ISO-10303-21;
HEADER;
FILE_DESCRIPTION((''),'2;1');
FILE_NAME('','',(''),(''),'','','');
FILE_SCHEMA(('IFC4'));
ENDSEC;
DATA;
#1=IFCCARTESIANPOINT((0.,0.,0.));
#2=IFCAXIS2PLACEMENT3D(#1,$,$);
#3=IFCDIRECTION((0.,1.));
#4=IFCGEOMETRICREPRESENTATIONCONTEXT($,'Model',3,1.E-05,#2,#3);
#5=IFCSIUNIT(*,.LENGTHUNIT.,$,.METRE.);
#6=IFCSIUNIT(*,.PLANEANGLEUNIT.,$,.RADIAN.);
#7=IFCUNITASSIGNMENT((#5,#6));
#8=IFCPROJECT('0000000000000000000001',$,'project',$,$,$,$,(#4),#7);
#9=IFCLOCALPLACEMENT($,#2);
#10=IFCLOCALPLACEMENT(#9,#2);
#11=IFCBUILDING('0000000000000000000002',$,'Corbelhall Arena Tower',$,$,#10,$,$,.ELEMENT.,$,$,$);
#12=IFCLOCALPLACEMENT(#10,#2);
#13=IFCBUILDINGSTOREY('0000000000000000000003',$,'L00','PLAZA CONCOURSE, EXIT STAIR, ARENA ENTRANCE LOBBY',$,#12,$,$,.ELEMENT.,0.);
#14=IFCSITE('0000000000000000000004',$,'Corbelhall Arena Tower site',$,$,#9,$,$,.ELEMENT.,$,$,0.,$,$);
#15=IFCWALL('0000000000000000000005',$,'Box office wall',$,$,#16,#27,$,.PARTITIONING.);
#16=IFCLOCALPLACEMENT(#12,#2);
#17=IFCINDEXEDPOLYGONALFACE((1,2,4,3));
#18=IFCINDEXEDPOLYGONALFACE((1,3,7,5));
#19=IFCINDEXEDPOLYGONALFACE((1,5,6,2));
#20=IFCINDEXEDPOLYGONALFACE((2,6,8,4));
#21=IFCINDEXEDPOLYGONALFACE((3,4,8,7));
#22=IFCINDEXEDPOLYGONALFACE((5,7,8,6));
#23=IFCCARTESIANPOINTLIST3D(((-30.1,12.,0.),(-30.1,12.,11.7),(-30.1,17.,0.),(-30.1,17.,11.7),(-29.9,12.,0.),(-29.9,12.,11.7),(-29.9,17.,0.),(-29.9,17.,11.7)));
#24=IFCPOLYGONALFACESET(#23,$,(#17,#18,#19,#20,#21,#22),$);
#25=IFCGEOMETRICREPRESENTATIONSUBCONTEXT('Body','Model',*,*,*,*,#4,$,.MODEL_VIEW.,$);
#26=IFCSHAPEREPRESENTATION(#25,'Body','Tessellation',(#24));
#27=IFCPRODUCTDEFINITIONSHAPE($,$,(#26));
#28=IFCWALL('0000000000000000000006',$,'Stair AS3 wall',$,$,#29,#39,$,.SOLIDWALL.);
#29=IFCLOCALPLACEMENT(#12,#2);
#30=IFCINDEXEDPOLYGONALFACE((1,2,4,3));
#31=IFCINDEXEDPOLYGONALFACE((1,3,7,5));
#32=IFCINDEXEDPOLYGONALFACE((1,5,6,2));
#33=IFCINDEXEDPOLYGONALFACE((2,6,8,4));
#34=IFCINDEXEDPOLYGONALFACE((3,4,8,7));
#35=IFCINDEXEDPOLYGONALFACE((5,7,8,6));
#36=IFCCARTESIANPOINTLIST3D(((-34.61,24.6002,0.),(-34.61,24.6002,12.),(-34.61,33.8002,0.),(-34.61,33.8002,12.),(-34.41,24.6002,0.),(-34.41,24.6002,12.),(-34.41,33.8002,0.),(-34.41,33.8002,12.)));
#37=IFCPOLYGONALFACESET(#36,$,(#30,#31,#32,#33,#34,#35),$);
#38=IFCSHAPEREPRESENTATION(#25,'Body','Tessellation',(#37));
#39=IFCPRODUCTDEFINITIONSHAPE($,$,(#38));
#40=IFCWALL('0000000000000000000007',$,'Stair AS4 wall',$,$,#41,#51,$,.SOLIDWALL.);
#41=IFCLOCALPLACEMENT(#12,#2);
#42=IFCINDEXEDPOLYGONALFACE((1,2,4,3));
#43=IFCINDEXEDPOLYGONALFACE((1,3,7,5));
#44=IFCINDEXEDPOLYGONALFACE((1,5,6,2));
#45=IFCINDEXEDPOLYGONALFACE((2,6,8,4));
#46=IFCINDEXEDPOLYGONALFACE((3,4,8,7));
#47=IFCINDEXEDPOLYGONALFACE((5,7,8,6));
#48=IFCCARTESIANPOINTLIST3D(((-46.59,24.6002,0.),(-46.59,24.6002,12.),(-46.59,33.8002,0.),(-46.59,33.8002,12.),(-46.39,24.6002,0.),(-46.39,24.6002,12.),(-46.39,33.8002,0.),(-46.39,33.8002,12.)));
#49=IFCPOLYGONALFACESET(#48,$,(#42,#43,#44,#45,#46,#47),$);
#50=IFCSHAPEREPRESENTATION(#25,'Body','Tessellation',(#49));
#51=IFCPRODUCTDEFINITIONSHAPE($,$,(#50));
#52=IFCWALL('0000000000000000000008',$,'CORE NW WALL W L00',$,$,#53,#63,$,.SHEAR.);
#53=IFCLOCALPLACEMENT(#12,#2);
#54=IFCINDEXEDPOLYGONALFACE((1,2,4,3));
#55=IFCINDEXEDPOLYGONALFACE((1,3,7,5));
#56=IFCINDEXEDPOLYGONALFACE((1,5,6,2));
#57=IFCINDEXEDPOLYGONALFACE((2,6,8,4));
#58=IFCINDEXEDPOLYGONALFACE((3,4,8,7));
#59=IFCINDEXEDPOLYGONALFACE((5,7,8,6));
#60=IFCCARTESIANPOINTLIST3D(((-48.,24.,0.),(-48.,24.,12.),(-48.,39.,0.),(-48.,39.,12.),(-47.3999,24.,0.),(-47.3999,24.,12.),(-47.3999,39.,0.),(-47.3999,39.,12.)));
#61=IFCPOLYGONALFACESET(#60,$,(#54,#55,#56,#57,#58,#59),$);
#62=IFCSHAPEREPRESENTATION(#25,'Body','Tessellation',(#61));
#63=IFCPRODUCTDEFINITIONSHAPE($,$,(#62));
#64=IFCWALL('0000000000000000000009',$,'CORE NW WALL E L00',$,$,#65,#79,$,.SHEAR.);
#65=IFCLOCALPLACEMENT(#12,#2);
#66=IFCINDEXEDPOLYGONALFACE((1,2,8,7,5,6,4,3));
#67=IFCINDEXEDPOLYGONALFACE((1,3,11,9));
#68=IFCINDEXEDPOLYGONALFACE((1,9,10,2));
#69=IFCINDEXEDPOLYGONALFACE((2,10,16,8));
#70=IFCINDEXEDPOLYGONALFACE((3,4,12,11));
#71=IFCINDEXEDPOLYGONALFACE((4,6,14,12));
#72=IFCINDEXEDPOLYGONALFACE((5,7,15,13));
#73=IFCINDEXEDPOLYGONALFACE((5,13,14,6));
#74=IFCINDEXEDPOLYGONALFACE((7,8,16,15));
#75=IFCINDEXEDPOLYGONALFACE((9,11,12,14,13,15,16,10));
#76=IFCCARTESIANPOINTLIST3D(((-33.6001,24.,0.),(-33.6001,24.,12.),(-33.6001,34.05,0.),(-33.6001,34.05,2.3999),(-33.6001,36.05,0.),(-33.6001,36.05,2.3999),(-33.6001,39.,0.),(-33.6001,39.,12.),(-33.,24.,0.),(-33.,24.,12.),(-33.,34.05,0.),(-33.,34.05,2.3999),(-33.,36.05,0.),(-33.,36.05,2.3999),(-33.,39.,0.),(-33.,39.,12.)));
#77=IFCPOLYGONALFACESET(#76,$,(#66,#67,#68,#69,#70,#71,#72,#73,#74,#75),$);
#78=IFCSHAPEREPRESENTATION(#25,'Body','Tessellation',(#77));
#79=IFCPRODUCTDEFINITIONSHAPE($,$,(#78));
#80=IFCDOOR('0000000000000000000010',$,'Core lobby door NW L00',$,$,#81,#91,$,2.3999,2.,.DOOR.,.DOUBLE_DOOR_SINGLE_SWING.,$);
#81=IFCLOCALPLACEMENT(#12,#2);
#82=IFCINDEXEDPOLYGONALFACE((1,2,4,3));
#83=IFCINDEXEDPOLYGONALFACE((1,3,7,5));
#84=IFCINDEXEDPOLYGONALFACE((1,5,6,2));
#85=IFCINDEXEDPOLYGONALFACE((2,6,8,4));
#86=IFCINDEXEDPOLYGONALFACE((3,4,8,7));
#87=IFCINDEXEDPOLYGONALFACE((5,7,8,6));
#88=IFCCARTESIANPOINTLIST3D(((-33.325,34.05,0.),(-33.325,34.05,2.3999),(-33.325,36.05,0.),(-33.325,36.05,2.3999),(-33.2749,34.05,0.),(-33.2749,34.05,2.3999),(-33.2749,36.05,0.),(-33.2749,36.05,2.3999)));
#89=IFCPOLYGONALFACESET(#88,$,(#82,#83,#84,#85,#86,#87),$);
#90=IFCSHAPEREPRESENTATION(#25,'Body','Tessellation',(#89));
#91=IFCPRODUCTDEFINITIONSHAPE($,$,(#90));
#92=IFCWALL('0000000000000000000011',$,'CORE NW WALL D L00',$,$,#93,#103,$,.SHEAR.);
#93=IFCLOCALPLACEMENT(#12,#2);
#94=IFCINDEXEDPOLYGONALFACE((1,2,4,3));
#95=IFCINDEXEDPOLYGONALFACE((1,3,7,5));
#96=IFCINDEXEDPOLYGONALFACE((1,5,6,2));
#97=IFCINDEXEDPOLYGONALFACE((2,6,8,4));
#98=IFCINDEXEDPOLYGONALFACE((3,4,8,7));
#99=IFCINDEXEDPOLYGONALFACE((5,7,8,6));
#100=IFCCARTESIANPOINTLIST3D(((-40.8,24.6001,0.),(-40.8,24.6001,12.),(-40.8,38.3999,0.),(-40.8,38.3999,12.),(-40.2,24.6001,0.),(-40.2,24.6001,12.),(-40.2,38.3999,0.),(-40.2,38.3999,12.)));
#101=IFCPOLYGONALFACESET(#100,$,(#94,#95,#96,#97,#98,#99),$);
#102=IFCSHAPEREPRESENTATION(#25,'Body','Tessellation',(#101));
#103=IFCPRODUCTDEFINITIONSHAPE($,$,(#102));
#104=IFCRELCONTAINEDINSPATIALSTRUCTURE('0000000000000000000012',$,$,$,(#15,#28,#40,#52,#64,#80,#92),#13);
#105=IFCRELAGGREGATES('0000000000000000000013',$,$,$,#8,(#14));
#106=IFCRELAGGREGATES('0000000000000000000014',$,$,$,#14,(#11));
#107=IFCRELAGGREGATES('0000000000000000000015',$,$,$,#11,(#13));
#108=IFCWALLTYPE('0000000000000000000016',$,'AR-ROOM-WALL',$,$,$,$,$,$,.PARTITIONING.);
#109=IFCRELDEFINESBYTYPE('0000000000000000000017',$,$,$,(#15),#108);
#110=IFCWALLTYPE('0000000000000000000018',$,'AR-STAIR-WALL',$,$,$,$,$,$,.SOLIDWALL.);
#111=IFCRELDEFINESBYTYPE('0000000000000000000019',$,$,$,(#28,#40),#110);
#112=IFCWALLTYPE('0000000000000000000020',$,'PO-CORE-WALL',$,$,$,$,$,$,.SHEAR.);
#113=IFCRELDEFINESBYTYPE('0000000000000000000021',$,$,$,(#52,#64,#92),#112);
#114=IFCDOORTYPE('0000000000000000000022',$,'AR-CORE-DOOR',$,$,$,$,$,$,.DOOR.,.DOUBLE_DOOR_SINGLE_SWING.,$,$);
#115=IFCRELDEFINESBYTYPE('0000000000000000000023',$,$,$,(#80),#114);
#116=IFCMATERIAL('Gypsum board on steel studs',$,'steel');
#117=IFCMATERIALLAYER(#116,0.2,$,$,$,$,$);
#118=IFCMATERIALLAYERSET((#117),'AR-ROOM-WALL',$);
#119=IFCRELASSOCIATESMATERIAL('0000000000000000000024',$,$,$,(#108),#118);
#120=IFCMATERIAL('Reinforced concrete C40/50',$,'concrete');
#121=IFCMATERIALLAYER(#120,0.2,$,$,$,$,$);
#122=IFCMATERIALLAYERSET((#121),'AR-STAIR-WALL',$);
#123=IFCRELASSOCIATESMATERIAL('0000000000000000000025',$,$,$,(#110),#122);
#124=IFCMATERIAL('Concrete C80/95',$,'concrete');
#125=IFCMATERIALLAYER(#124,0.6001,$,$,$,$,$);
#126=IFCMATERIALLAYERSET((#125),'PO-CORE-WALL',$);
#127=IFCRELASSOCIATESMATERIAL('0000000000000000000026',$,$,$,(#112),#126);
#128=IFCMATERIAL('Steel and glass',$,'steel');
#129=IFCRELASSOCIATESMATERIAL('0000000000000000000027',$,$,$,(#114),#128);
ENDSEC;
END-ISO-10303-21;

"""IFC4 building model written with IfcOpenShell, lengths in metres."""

from ifc_helpers import new_model, si_unit, direction, frame, frame_2d, origin, place, context, subcontext, project, spatial, rectangle, extrude, material, layer, layer_set, type_object, element, fill, save


model = new_model("IFC4")

# Units and contexts
model_context = context("Model", 3, precision=1e-05, world=origin(), true_north=direction((0.0, 1.0)))
body_context = subcontext(model_context, "Body", "Model", "MODEL_VIEW")
ifc_project = project(units=[si_unit("LENGTHUNIT", "METRE"), si_unit("PLANEANGLEUNIT", "RADIAN")], contexts=[model_context])

# Site, building, storey
site_placement = place(None, origin())
site = spatial("IfcSite", under=ifc_project, at=site_placement, Name="Corbelhall Arena Tower site", CompositionType="ELEMENT", RefElevation=0.0)
building_placement = place(site_placement, origin())
building = spatial("IfcBuilding", under=site, at=building_placement, Name="Corbelhall Arena Tower", CompositionType="ELEMENT")
storey_placement = place(building_placement, origin())
storey = spatial("IfcBuildingStorey", under=building, at=storey_placement, Name="L00", Description="PLAZA CONCOURSE, EXIT STAIR, ARENA ENTRANCE LOBBY", CompositionType="ELEMENT", Elevation=0.0)

# Shared definitions
ifc_material_1 = material(Name="Concrete C80/95", Category="concrete")

# Shared definitions
ifc_material_2 = material(Name="Gypsum board on steel studs", Category="steel")
ifc_layer_1 = layer(ifc_material_2, 0.2)
ifc_layer_set_1 = layer_set([ifc_layer_1], Name="AR-ROOM-WALL")
wall_type_1 = type_object("IfcWallType", Name="AR-ROOM-WALL", PredefinedType="PARTITIONING", material=ifc_layer_set_1)

# Walls
wall_1_placement = place(storey_placement, frame((-30.0, 17.0, 0.0), z_axis=(0.0, 0.0, 1.0), x_axis=(0.0, -1.0, 0.0)))
element("IfcWall", 1, at=wall_1_placement, inside=storey, type_object=wall_type_1, Name="Box office wall", PredefinedType="PARTITIONING", context=body_context, shape_type="SweptSolid", body=[
    extrude(rectangle(XDim=5.0, YDim=0.2, at=frame_2d((2.5, 0.0))), origin(), (0.0, 0.0, 1.0), 11.7),
])
ifc_material_3 = material(Name="Reinforced concrete C40/50", Category="concrete")
ifc_layer_2 = layer(ifc_material_3, 0.2)
ifc_layer_set_2 = layer_set([ifc_layer_2], Name="AR-STAIR-WALL")
wall_type_2 = type_object("IfcWallType", Name="AR-STAIR-WALL", PredefinedType="SOLIDWALL", material=ifc_layer_set_2)
for number, where, z_axis, x_axis, name in (
    (2, (-34.51, 24.6001, 0.0), (0.0, 0.0, 1.0), (0.0, 1.0, 0.0), "Stair AS3 wall"),
    (3, (-46.49, 24.6001, 0.0), (0.0, 0.0, 1.0), (0.0, 1.0, 0.0), "Stair AS4 wall"),
):
    element("IfcWall", number, at=place(storey_placement, frame(where, z_axis=z_axis, x_axis=x_axis)), inside=storey, type_object=wall_type_2, Name=name, PredefinedType="SOLIDWALL", context=body_context, shape_type="SweptSolid", body=[
        extrude(rectangle(XDim=9.2, YDim=0.2, at=frame_2d((4.6001, 0.0))), origin(), (0.0, 0.0, 1.0), 12.0),
    ])

# Shared definitions
ifc_layer_3 = layer(ifc_material_1, 0.6001)
ifc_layer_set_3 = layer_set([ifc_layer_3], Name="PO-CORE-WALL")
wall_type_3 = type_object("IfcWallType", Name="PO-CORE-WALL", PredefinedType="SHEAR", material=ifc_layer_set_3)
ifc_material_4 = material(Name="Steel and glass", Category="steel")

# Wall
wall_2_placement = place(storey_placement, frame((-47.7, 24.0, 0.0), z_axis=(0.0, 0.0, 1.0), x_axis=(0.0, 1.0, 0.0)))
element("IfcWall", 4, at=wall_2_placement, inside=storey, type_object=wall_type_3, Name="CORE NW WALL W L00", PredefinedType="SHEAR", context=body_context, shape_type="SweptSolid", body=[
    extrude(rectangle(XDim=15.0, YDim=0.6001, at=frame_2d((7.5, 0.0))), origin(), (0.0, 0.0, 1.0), 12.0),
])

# Wall, opening, door
wall_3_placement = place(storey_placement, frame((-33.3, 24.0, 0.0), z_axis=(0.0, 0.0, 1.0), x_axis=(0.0, 1.0, 0.0)))
wall_3 = element("IfcWall", 5, at=wall_3_placement, inside=storey, type_object=wall_type_3, Name="CORE NW WALL E L00", PredefinedType="SHEAR", context=body_context, shape_type="SweptSolid", body=[
    extrude(rectangle(XDim=15.0, YDim=0.6001, at=frame_2d((7.5, 0.0))), origin(), (0.0, 0.0, 1.0), 12.0),
])
opening_1_placement = place(wall_3_placement, frame((10.05, 0.0, 0.0)))
opening_1 = element("IfcOpeningElement", 6, at=opening_1_placement, cuts=wall_3, PredefinedType="OPENING", context=body_context, shape_type="SweptSolid", body=[
    extrude(rectangle(XDim=2.0, YDim=2.3999, at=frame_2d((1.0, 1.2))), frame((0.0, 0.3, 0.0), z_axis=(0.0, -1.0, 0.0), x_axis=(1.0, 0.0, 0.0)), (0.0, 0.0, 1.0), 0.6001),
])
door_type_1 = type_object("IfcDoorType", Name="AR-CORE-DOOR", OperationType="DOUBLE_DOOR_SINGLE_SWING", PredefinedType="DOOR", material=ifc_material_4)
door_1_placement = place(opening_1_placement, origin())
door_1 = element("IfcDoor", 7, at=door_1_placement, inside=storey, type_object=door_type_1, Name="Core lobby door NW L00", OperationType="DOUBLE_DOOR_SINGLE_SWING", OverallHeight=2.3999, OverallWidth=2.0, PredefinedType="DOOR", context=body_context, shape_type="SweptSolid", body=[
    extrude(rectangle(XDim=2.0, YDim=2.3999, at=frame_2d((1.0, 1.2))), frame((0.0, 0.0249, 0.0), z_axis=(0.0, -1.0, 0.0), x_axis=(1.0, 0.0, 0.0)), (0.0, 0.0, 1.0), 0.05),
])
fill(opening_1, door_1)

# Wall
wall_4_placement = place(storey_placement, frame((-40.5, 24.6001, 0.0), z_axis=(0.0, 0.0, 1.0), x_axis=(0.0, 1.0, 0.0)))
element("IfcWall", 8, at=wall_4_placement, inside=storey, type_object=wall_type_3, Name="CORE NW WALL D L00", PredefinedType="SHEAR", context=body_context, shape_type="SweptSolid", body=[
    extrude(rectangle(XDim=13.7998, YDim=0.6001, at=frame_2d((6.8999, 0.0))), origin(), (0.0, 0.0, 1.0), 12.0),
])

save(model, "model.ifc")
